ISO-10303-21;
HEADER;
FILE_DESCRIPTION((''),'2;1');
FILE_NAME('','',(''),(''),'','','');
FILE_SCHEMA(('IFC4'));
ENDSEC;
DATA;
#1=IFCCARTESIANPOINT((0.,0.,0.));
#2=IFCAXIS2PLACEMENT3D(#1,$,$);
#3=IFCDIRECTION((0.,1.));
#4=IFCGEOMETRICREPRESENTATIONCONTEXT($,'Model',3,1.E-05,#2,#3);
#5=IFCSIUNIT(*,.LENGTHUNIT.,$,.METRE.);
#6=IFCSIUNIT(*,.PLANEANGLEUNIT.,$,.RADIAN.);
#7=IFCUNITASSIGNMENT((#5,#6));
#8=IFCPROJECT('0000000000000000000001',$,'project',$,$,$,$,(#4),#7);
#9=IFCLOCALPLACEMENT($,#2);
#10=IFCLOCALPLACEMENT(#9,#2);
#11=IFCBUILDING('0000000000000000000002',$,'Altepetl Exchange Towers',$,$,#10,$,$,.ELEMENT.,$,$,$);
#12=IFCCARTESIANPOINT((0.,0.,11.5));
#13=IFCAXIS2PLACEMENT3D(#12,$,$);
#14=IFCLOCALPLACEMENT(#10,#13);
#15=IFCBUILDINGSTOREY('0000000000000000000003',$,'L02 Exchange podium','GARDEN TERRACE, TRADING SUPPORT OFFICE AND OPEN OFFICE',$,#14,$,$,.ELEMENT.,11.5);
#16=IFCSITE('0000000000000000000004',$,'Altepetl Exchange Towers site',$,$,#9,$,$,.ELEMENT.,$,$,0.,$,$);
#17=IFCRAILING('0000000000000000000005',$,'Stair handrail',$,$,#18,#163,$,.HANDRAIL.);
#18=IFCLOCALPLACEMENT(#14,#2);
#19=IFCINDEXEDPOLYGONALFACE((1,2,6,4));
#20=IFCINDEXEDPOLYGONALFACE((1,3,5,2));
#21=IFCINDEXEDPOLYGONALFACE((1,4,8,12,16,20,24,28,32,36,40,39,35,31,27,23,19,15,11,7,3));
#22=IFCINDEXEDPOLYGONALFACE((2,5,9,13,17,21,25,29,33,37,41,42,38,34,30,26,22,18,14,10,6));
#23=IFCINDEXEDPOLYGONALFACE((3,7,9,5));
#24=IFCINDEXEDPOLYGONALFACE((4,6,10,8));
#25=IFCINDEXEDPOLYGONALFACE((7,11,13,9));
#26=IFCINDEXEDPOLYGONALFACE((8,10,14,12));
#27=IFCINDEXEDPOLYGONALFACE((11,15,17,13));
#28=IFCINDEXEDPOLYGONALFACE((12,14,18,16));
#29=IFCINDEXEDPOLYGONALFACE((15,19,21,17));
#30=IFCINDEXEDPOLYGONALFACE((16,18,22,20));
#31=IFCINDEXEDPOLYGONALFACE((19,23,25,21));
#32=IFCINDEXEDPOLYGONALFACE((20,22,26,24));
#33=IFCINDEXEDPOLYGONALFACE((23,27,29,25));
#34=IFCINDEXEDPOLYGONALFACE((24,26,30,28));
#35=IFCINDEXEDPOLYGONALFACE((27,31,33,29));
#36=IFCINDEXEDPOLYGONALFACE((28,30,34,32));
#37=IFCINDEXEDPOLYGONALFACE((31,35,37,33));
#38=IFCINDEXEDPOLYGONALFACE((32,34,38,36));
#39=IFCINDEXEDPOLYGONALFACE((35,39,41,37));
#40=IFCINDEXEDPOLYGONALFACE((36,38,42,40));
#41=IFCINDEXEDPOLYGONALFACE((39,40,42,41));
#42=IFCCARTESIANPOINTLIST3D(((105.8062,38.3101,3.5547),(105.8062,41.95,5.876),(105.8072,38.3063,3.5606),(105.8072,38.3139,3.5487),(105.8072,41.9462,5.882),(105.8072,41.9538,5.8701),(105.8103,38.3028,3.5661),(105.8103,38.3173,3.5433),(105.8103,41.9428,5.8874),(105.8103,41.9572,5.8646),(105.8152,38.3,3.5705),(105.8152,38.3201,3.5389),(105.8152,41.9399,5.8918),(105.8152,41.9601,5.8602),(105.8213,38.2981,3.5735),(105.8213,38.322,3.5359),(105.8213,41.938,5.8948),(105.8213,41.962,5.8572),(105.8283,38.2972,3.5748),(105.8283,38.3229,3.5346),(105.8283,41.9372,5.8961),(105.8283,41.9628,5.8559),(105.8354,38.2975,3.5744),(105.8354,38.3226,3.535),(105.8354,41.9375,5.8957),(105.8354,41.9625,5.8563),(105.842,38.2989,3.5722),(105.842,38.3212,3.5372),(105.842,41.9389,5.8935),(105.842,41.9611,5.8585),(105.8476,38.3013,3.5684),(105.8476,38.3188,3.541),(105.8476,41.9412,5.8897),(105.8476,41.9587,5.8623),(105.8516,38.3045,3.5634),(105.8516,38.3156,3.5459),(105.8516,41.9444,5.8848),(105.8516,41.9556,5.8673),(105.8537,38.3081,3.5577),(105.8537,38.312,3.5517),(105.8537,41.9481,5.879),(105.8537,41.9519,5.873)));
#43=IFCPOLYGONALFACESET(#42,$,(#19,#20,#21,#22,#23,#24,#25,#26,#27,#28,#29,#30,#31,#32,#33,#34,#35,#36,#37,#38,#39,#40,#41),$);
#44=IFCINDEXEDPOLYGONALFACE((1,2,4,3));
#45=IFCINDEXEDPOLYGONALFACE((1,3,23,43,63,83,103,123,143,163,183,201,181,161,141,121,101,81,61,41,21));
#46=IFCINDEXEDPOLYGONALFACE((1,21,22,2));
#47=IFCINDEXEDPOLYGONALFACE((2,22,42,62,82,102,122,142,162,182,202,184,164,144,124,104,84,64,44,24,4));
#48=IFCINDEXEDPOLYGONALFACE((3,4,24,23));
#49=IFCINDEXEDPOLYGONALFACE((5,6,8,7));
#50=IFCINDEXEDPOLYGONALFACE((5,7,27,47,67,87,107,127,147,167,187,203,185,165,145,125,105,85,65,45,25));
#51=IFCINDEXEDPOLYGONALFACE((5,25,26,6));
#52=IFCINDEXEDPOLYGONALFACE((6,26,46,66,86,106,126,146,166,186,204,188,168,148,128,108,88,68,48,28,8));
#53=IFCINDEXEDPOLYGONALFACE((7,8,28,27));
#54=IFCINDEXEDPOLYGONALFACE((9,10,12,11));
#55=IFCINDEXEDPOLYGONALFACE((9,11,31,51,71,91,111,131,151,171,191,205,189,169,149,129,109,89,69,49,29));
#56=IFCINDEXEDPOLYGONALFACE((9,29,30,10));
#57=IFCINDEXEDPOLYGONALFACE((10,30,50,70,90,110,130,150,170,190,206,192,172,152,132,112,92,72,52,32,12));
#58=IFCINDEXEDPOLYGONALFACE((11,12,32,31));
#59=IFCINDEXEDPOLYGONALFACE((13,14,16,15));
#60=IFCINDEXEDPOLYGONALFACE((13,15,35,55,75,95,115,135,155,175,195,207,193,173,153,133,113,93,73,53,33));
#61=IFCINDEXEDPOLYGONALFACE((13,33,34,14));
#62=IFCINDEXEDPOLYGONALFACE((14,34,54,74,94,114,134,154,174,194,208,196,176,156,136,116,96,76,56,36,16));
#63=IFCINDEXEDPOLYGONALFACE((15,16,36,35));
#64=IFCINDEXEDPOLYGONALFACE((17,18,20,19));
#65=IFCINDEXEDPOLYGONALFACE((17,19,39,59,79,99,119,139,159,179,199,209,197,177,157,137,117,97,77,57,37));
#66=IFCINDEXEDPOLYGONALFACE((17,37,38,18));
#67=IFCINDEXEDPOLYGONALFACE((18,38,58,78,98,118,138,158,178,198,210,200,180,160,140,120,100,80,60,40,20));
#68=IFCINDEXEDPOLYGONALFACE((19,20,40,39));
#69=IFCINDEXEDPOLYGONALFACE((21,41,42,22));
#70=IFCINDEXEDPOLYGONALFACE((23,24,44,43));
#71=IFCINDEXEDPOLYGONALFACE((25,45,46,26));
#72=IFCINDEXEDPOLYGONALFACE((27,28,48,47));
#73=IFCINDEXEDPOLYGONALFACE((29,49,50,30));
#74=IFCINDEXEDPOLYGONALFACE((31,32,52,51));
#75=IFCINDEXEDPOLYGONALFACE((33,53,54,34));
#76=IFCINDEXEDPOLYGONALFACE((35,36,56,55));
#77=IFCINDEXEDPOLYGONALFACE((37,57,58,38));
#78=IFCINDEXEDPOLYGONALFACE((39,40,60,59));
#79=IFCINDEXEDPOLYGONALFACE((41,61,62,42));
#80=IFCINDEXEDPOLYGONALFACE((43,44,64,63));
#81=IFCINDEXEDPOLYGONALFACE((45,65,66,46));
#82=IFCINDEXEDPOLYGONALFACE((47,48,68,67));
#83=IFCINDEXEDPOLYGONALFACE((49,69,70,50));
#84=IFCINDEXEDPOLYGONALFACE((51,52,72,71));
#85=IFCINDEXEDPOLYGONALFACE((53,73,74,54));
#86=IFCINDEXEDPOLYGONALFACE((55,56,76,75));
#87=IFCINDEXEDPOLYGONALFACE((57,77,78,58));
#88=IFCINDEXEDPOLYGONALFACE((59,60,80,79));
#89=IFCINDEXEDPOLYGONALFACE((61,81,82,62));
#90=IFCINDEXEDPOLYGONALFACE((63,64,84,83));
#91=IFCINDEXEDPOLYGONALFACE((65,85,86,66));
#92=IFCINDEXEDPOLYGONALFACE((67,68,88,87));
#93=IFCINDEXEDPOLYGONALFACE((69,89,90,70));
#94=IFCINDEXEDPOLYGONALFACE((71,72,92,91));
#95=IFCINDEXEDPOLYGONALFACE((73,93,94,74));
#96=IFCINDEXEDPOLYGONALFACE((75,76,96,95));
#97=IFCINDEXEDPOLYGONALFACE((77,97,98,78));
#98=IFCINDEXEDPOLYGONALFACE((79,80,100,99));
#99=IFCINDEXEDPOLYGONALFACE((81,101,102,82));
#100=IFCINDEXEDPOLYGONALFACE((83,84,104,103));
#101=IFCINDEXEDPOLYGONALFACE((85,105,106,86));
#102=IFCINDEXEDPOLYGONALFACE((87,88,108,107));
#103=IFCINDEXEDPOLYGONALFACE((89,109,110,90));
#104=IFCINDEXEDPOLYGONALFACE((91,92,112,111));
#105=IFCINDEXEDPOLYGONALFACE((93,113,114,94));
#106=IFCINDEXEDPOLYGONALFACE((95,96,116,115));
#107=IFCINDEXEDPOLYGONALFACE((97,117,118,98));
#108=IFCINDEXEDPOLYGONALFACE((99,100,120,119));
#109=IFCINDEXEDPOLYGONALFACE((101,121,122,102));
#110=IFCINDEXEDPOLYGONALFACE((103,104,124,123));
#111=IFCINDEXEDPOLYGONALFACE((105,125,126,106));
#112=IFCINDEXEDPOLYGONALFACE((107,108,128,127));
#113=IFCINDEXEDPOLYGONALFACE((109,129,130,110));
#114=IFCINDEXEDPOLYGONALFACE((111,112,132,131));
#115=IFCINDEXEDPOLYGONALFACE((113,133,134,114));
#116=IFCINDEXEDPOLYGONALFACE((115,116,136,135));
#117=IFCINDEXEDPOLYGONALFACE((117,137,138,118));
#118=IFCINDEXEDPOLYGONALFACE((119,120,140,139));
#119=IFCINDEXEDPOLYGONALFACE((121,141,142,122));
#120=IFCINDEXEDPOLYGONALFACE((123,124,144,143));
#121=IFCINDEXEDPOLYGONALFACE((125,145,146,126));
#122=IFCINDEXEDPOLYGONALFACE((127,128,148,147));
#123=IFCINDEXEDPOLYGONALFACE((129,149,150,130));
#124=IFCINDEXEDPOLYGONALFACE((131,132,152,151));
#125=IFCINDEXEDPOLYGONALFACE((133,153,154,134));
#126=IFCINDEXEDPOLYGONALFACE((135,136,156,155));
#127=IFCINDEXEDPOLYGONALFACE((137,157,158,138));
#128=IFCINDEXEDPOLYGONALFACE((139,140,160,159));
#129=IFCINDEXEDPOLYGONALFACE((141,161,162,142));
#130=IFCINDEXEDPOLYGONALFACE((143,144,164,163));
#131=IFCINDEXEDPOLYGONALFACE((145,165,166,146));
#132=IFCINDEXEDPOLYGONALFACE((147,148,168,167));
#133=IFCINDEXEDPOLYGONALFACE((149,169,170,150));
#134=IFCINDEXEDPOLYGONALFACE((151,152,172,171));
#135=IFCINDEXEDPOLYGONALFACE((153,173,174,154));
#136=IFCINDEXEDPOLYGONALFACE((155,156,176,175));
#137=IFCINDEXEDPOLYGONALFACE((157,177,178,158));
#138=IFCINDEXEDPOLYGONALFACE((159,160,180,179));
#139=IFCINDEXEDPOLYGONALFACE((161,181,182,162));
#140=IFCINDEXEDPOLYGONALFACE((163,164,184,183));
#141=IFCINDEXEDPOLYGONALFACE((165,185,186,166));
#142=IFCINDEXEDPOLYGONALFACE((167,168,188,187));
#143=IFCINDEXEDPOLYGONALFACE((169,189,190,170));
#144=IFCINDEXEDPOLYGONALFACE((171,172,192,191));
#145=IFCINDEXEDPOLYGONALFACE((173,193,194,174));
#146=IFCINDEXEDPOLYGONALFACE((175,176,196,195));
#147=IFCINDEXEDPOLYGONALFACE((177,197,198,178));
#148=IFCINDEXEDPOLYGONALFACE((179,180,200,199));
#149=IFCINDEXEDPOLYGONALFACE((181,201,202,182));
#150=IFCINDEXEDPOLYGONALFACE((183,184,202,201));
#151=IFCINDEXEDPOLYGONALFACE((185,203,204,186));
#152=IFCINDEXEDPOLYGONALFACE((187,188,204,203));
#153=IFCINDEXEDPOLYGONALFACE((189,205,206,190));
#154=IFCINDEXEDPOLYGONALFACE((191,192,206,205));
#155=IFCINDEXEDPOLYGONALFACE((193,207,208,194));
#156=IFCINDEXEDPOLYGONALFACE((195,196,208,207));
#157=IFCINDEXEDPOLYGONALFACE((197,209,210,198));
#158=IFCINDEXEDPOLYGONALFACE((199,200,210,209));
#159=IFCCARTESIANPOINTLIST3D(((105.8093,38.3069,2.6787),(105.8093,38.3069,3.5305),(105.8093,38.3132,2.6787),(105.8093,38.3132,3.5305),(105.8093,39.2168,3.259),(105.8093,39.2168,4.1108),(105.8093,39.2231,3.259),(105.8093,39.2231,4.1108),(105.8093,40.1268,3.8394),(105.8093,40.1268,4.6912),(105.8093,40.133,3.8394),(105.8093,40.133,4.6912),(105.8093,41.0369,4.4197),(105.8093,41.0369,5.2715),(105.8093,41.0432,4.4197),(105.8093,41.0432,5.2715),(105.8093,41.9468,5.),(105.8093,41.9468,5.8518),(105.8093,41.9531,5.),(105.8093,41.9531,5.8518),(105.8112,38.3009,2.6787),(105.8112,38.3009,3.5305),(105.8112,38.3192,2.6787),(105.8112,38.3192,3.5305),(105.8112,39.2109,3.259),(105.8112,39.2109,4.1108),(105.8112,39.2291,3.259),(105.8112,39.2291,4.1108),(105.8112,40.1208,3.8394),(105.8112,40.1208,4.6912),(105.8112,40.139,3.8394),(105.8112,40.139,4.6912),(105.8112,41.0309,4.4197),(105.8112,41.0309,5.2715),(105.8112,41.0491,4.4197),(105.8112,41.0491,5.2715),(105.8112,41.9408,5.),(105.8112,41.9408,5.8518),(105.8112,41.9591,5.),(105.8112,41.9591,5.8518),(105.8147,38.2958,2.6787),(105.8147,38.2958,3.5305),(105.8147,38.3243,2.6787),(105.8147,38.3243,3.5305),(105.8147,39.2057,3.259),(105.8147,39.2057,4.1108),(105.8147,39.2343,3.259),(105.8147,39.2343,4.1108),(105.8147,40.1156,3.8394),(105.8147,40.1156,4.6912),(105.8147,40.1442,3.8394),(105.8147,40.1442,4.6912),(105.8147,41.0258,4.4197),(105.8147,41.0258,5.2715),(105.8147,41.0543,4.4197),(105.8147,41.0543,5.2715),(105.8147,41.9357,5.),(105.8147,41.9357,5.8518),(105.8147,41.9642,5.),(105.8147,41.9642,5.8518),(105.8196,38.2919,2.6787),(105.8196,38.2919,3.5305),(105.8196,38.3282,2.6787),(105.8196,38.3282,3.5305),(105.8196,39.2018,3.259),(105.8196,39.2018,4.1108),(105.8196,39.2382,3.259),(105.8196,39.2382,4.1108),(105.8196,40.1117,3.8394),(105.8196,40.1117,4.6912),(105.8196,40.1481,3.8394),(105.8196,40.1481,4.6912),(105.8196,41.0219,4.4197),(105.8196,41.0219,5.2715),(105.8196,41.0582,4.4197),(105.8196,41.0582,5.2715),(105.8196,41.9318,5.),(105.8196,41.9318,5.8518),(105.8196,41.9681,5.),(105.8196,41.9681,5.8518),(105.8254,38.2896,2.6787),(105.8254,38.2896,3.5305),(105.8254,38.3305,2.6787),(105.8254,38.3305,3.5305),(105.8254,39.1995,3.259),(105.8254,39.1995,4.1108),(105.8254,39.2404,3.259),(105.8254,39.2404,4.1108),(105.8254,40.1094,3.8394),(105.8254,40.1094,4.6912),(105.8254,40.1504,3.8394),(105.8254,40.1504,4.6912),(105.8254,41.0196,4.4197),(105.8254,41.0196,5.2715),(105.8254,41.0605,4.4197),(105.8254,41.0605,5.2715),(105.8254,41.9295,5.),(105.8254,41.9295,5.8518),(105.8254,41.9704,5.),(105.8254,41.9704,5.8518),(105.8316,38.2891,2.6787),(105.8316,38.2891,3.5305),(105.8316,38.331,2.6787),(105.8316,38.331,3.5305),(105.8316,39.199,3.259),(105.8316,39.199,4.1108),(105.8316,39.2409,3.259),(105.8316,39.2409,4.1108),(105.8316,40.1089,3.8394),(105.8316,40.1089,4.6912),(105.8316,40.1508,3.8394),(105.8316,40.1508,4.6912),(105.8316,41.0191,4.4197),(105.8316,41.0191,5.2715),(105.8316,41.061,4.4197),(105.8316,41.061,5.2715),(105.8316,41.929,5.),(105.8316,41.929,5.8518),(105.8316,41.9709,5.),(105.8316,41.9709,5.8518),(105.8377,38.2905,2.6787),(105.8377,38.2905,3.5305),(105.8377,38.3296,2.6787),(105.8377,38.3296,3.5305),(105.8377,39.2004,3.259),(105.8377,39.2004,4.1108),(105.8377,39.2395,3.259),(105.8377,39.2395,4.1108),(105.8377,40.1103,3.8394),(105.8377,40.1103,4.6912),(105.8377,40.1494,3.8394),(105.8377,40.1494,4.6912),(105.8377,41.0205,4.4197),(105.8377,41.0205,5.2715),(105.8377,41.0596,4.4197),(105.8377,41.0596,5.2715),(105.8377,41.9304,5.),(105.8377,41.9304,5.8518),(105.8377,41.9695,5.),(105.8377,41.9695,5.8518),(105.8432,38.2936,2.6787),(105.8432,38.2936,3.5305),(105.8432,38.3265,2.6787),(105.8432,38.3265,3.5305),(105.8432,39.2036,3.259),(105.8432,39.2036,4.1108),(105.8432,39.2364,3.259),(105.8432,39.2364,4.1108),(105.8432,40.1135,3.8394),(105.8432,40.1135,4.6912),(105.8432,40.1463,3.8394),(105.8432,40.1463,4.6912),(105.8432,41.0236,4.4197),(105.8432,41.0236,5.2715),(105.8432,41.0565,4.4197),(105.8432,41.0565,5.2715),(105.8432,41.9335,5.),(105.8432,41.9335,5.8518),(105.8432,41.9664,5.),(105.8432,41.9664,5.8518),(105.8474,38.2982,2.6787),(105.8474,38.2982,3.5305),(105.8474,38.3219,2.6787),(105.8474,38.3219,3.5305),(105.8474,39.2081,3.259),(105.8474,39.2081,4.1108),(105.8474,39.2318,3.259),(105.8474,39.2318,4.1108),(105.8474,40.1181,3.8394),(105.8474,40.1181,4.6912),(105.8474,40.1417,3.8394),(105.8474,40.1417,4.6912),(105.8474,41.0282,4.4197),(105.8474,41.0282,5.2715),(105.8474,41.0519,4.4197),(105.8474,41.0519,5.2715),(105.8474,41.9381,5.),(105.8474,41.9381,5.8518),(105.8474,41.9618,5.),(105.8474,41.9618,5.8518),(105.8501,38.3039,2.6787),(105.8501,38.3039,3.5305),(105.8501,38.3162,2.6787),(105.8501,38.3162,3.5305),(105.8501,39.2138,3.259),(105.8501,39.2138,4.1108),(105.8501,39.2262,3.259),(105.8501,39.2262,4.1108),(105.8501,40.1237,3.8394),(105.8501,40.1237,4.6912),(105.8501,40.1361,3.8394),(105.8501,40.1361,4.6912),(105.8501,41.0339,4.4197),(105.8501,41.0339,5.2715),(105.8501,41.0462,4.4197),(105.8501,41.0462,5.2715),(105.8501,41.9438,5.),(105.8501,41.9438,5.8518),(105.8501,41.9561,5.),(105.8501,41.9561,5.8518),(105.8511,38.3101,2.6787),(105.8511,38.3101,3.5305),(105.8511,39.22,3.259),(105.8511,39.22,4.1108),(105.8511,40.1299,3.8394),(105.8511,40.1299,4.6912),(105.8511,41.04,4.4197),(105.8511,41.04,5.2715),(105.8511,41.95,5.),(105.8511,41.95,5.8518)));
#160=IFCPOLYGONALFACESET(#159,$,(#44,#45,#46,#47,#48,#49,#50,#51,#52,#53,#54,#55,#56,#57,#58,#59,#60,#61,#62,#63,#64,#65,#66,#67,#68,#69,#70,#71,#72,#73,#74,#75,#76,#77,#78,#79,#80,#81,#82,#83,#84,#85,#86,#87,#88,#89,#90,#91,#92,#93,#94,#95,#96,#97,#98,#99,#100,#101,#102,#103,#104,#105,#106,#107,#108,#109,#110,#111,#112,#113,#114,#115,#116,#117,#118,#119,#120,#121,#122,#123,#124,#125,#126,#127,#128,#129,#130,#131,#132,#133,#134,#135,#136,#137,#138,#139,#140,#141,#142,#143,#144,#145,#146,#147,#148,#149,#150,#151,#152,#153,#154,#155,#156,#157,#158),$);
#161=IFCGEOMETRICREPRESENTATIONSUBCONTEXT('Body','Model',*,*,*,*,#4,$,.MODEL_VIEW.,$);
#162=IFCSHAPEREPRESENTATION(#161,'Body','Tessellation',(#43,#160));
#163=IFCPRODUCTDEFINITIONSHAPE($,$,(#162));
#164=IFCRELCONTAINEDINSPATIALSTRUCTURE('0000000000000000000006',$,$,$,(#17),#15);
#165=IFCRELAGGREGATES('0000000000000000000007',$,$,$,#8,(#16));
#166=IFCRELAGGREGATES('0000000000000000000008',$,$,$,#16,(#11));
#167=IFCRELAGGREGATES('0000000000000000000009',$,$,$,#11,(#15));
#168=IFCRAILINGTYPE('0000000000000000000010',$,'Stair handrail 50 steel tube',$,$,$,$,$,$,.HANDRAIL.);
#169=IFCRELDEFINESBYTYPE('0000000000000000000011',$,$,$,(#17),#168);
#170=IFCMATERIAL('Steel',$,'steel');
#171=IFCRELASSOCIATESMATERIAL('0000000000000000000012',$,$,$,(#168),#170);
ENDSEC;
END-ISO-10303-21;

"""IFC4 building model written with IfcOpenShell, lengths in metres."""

from ifc_helpers import new_model, si_unit, direction, frame, origin, origin_2d, place, context, subcontext, project, spatial, circle, extrude, source, transform, mapped, material, type_object, element, save


model = new_model("IFC4")

# Units and contexts
model_context = context("Model", 3, precision=1e-05, world=origin(), true_north=direction((0.0, 1.0)))
body_context = subcontext(model_context, "Body", "Model", "MODEL_VIEW")
ifc_project = project(units=[si_unit("LENGTHUNIT", "METRE"), si_unit("PLANEANGLEUNIT", "RADIAN")], contexts=[model_context])

# Site, building, storey
site_placement = place(None, origin())
site = spatial("IfcSite", under=ifc_project, at=site_placement, Name="Altepetl Exchange Towers site", CompositionType="ELEMENT", RefElevation=0.0)
building_placement = place(site_placement, origin())
building = spatial("IfcBuilding", under=site, at=building_placement, Name="Altepetl Exchange Towers", CompositionType="ELEMENT")
storey_placement = place(building_placement, frame((0.0, 0.0, 11.5)))
storey = spatial("IfcBuildingStorey", under=building, at=storey_placement, Name="L02 Exchange podium", Description="GARDEN TERRACE, TRADING SUPPORT OFFICE AND OPEN OFFICE", CompositionType="ELEMENT", Elevation=11.5)

# Railing
ifc_material_1 = material(Name="Steel", Category="steel")
railing_type = type_object("IfcRailingType", Name="Stair handrail 50 steel tube", PredefinedType="HANDRAIL", material=ifc_material_1)
shared_shape = source(origin(), body_context, "Body", "SweptSolid", [
    extrude(circle(Radius=0.021, at=origin_2d()), origin(), (0.0, 0.0, 1.0), 0.8518),
])
for number, where, name in (
    (1, (105.8301, 38.3101, 2.6787), "Stair handrail"),
):
    element("IfcRailing", number, at=place(storey_placement, frame(where)), inside=storey, type_object=railing_type, Name=name, PredefinedType="HANDRAIL", context=body_context, shape_type="SweptSolid", body=[
        extrude(circle(Radius=0.0239, at=origin_2d()), frame((0.0, 0.0, 0.876), z_axis=(0.0, 0.843137, 0.537699), x_axis=(-1.0, 0.0, 0.0)), (0.0, 0.0, 1.0), 4.3171),
        mapped(shared_shape, transform((0.0, 0.0, 0.0))),
        mapped(shared_shape, transform((0.0, 0.9099, 0.5803))),
        mapped(shared_shape, transform((0.0, 1.8198, 1.1606))),
        mapped(shared_shape, transform((0.0, 2.73, 1.741))),
        mapped(shared_shape, transform((0.0, 3.6399, 2.3213))),
    ])

save(model, "model.ifc")
